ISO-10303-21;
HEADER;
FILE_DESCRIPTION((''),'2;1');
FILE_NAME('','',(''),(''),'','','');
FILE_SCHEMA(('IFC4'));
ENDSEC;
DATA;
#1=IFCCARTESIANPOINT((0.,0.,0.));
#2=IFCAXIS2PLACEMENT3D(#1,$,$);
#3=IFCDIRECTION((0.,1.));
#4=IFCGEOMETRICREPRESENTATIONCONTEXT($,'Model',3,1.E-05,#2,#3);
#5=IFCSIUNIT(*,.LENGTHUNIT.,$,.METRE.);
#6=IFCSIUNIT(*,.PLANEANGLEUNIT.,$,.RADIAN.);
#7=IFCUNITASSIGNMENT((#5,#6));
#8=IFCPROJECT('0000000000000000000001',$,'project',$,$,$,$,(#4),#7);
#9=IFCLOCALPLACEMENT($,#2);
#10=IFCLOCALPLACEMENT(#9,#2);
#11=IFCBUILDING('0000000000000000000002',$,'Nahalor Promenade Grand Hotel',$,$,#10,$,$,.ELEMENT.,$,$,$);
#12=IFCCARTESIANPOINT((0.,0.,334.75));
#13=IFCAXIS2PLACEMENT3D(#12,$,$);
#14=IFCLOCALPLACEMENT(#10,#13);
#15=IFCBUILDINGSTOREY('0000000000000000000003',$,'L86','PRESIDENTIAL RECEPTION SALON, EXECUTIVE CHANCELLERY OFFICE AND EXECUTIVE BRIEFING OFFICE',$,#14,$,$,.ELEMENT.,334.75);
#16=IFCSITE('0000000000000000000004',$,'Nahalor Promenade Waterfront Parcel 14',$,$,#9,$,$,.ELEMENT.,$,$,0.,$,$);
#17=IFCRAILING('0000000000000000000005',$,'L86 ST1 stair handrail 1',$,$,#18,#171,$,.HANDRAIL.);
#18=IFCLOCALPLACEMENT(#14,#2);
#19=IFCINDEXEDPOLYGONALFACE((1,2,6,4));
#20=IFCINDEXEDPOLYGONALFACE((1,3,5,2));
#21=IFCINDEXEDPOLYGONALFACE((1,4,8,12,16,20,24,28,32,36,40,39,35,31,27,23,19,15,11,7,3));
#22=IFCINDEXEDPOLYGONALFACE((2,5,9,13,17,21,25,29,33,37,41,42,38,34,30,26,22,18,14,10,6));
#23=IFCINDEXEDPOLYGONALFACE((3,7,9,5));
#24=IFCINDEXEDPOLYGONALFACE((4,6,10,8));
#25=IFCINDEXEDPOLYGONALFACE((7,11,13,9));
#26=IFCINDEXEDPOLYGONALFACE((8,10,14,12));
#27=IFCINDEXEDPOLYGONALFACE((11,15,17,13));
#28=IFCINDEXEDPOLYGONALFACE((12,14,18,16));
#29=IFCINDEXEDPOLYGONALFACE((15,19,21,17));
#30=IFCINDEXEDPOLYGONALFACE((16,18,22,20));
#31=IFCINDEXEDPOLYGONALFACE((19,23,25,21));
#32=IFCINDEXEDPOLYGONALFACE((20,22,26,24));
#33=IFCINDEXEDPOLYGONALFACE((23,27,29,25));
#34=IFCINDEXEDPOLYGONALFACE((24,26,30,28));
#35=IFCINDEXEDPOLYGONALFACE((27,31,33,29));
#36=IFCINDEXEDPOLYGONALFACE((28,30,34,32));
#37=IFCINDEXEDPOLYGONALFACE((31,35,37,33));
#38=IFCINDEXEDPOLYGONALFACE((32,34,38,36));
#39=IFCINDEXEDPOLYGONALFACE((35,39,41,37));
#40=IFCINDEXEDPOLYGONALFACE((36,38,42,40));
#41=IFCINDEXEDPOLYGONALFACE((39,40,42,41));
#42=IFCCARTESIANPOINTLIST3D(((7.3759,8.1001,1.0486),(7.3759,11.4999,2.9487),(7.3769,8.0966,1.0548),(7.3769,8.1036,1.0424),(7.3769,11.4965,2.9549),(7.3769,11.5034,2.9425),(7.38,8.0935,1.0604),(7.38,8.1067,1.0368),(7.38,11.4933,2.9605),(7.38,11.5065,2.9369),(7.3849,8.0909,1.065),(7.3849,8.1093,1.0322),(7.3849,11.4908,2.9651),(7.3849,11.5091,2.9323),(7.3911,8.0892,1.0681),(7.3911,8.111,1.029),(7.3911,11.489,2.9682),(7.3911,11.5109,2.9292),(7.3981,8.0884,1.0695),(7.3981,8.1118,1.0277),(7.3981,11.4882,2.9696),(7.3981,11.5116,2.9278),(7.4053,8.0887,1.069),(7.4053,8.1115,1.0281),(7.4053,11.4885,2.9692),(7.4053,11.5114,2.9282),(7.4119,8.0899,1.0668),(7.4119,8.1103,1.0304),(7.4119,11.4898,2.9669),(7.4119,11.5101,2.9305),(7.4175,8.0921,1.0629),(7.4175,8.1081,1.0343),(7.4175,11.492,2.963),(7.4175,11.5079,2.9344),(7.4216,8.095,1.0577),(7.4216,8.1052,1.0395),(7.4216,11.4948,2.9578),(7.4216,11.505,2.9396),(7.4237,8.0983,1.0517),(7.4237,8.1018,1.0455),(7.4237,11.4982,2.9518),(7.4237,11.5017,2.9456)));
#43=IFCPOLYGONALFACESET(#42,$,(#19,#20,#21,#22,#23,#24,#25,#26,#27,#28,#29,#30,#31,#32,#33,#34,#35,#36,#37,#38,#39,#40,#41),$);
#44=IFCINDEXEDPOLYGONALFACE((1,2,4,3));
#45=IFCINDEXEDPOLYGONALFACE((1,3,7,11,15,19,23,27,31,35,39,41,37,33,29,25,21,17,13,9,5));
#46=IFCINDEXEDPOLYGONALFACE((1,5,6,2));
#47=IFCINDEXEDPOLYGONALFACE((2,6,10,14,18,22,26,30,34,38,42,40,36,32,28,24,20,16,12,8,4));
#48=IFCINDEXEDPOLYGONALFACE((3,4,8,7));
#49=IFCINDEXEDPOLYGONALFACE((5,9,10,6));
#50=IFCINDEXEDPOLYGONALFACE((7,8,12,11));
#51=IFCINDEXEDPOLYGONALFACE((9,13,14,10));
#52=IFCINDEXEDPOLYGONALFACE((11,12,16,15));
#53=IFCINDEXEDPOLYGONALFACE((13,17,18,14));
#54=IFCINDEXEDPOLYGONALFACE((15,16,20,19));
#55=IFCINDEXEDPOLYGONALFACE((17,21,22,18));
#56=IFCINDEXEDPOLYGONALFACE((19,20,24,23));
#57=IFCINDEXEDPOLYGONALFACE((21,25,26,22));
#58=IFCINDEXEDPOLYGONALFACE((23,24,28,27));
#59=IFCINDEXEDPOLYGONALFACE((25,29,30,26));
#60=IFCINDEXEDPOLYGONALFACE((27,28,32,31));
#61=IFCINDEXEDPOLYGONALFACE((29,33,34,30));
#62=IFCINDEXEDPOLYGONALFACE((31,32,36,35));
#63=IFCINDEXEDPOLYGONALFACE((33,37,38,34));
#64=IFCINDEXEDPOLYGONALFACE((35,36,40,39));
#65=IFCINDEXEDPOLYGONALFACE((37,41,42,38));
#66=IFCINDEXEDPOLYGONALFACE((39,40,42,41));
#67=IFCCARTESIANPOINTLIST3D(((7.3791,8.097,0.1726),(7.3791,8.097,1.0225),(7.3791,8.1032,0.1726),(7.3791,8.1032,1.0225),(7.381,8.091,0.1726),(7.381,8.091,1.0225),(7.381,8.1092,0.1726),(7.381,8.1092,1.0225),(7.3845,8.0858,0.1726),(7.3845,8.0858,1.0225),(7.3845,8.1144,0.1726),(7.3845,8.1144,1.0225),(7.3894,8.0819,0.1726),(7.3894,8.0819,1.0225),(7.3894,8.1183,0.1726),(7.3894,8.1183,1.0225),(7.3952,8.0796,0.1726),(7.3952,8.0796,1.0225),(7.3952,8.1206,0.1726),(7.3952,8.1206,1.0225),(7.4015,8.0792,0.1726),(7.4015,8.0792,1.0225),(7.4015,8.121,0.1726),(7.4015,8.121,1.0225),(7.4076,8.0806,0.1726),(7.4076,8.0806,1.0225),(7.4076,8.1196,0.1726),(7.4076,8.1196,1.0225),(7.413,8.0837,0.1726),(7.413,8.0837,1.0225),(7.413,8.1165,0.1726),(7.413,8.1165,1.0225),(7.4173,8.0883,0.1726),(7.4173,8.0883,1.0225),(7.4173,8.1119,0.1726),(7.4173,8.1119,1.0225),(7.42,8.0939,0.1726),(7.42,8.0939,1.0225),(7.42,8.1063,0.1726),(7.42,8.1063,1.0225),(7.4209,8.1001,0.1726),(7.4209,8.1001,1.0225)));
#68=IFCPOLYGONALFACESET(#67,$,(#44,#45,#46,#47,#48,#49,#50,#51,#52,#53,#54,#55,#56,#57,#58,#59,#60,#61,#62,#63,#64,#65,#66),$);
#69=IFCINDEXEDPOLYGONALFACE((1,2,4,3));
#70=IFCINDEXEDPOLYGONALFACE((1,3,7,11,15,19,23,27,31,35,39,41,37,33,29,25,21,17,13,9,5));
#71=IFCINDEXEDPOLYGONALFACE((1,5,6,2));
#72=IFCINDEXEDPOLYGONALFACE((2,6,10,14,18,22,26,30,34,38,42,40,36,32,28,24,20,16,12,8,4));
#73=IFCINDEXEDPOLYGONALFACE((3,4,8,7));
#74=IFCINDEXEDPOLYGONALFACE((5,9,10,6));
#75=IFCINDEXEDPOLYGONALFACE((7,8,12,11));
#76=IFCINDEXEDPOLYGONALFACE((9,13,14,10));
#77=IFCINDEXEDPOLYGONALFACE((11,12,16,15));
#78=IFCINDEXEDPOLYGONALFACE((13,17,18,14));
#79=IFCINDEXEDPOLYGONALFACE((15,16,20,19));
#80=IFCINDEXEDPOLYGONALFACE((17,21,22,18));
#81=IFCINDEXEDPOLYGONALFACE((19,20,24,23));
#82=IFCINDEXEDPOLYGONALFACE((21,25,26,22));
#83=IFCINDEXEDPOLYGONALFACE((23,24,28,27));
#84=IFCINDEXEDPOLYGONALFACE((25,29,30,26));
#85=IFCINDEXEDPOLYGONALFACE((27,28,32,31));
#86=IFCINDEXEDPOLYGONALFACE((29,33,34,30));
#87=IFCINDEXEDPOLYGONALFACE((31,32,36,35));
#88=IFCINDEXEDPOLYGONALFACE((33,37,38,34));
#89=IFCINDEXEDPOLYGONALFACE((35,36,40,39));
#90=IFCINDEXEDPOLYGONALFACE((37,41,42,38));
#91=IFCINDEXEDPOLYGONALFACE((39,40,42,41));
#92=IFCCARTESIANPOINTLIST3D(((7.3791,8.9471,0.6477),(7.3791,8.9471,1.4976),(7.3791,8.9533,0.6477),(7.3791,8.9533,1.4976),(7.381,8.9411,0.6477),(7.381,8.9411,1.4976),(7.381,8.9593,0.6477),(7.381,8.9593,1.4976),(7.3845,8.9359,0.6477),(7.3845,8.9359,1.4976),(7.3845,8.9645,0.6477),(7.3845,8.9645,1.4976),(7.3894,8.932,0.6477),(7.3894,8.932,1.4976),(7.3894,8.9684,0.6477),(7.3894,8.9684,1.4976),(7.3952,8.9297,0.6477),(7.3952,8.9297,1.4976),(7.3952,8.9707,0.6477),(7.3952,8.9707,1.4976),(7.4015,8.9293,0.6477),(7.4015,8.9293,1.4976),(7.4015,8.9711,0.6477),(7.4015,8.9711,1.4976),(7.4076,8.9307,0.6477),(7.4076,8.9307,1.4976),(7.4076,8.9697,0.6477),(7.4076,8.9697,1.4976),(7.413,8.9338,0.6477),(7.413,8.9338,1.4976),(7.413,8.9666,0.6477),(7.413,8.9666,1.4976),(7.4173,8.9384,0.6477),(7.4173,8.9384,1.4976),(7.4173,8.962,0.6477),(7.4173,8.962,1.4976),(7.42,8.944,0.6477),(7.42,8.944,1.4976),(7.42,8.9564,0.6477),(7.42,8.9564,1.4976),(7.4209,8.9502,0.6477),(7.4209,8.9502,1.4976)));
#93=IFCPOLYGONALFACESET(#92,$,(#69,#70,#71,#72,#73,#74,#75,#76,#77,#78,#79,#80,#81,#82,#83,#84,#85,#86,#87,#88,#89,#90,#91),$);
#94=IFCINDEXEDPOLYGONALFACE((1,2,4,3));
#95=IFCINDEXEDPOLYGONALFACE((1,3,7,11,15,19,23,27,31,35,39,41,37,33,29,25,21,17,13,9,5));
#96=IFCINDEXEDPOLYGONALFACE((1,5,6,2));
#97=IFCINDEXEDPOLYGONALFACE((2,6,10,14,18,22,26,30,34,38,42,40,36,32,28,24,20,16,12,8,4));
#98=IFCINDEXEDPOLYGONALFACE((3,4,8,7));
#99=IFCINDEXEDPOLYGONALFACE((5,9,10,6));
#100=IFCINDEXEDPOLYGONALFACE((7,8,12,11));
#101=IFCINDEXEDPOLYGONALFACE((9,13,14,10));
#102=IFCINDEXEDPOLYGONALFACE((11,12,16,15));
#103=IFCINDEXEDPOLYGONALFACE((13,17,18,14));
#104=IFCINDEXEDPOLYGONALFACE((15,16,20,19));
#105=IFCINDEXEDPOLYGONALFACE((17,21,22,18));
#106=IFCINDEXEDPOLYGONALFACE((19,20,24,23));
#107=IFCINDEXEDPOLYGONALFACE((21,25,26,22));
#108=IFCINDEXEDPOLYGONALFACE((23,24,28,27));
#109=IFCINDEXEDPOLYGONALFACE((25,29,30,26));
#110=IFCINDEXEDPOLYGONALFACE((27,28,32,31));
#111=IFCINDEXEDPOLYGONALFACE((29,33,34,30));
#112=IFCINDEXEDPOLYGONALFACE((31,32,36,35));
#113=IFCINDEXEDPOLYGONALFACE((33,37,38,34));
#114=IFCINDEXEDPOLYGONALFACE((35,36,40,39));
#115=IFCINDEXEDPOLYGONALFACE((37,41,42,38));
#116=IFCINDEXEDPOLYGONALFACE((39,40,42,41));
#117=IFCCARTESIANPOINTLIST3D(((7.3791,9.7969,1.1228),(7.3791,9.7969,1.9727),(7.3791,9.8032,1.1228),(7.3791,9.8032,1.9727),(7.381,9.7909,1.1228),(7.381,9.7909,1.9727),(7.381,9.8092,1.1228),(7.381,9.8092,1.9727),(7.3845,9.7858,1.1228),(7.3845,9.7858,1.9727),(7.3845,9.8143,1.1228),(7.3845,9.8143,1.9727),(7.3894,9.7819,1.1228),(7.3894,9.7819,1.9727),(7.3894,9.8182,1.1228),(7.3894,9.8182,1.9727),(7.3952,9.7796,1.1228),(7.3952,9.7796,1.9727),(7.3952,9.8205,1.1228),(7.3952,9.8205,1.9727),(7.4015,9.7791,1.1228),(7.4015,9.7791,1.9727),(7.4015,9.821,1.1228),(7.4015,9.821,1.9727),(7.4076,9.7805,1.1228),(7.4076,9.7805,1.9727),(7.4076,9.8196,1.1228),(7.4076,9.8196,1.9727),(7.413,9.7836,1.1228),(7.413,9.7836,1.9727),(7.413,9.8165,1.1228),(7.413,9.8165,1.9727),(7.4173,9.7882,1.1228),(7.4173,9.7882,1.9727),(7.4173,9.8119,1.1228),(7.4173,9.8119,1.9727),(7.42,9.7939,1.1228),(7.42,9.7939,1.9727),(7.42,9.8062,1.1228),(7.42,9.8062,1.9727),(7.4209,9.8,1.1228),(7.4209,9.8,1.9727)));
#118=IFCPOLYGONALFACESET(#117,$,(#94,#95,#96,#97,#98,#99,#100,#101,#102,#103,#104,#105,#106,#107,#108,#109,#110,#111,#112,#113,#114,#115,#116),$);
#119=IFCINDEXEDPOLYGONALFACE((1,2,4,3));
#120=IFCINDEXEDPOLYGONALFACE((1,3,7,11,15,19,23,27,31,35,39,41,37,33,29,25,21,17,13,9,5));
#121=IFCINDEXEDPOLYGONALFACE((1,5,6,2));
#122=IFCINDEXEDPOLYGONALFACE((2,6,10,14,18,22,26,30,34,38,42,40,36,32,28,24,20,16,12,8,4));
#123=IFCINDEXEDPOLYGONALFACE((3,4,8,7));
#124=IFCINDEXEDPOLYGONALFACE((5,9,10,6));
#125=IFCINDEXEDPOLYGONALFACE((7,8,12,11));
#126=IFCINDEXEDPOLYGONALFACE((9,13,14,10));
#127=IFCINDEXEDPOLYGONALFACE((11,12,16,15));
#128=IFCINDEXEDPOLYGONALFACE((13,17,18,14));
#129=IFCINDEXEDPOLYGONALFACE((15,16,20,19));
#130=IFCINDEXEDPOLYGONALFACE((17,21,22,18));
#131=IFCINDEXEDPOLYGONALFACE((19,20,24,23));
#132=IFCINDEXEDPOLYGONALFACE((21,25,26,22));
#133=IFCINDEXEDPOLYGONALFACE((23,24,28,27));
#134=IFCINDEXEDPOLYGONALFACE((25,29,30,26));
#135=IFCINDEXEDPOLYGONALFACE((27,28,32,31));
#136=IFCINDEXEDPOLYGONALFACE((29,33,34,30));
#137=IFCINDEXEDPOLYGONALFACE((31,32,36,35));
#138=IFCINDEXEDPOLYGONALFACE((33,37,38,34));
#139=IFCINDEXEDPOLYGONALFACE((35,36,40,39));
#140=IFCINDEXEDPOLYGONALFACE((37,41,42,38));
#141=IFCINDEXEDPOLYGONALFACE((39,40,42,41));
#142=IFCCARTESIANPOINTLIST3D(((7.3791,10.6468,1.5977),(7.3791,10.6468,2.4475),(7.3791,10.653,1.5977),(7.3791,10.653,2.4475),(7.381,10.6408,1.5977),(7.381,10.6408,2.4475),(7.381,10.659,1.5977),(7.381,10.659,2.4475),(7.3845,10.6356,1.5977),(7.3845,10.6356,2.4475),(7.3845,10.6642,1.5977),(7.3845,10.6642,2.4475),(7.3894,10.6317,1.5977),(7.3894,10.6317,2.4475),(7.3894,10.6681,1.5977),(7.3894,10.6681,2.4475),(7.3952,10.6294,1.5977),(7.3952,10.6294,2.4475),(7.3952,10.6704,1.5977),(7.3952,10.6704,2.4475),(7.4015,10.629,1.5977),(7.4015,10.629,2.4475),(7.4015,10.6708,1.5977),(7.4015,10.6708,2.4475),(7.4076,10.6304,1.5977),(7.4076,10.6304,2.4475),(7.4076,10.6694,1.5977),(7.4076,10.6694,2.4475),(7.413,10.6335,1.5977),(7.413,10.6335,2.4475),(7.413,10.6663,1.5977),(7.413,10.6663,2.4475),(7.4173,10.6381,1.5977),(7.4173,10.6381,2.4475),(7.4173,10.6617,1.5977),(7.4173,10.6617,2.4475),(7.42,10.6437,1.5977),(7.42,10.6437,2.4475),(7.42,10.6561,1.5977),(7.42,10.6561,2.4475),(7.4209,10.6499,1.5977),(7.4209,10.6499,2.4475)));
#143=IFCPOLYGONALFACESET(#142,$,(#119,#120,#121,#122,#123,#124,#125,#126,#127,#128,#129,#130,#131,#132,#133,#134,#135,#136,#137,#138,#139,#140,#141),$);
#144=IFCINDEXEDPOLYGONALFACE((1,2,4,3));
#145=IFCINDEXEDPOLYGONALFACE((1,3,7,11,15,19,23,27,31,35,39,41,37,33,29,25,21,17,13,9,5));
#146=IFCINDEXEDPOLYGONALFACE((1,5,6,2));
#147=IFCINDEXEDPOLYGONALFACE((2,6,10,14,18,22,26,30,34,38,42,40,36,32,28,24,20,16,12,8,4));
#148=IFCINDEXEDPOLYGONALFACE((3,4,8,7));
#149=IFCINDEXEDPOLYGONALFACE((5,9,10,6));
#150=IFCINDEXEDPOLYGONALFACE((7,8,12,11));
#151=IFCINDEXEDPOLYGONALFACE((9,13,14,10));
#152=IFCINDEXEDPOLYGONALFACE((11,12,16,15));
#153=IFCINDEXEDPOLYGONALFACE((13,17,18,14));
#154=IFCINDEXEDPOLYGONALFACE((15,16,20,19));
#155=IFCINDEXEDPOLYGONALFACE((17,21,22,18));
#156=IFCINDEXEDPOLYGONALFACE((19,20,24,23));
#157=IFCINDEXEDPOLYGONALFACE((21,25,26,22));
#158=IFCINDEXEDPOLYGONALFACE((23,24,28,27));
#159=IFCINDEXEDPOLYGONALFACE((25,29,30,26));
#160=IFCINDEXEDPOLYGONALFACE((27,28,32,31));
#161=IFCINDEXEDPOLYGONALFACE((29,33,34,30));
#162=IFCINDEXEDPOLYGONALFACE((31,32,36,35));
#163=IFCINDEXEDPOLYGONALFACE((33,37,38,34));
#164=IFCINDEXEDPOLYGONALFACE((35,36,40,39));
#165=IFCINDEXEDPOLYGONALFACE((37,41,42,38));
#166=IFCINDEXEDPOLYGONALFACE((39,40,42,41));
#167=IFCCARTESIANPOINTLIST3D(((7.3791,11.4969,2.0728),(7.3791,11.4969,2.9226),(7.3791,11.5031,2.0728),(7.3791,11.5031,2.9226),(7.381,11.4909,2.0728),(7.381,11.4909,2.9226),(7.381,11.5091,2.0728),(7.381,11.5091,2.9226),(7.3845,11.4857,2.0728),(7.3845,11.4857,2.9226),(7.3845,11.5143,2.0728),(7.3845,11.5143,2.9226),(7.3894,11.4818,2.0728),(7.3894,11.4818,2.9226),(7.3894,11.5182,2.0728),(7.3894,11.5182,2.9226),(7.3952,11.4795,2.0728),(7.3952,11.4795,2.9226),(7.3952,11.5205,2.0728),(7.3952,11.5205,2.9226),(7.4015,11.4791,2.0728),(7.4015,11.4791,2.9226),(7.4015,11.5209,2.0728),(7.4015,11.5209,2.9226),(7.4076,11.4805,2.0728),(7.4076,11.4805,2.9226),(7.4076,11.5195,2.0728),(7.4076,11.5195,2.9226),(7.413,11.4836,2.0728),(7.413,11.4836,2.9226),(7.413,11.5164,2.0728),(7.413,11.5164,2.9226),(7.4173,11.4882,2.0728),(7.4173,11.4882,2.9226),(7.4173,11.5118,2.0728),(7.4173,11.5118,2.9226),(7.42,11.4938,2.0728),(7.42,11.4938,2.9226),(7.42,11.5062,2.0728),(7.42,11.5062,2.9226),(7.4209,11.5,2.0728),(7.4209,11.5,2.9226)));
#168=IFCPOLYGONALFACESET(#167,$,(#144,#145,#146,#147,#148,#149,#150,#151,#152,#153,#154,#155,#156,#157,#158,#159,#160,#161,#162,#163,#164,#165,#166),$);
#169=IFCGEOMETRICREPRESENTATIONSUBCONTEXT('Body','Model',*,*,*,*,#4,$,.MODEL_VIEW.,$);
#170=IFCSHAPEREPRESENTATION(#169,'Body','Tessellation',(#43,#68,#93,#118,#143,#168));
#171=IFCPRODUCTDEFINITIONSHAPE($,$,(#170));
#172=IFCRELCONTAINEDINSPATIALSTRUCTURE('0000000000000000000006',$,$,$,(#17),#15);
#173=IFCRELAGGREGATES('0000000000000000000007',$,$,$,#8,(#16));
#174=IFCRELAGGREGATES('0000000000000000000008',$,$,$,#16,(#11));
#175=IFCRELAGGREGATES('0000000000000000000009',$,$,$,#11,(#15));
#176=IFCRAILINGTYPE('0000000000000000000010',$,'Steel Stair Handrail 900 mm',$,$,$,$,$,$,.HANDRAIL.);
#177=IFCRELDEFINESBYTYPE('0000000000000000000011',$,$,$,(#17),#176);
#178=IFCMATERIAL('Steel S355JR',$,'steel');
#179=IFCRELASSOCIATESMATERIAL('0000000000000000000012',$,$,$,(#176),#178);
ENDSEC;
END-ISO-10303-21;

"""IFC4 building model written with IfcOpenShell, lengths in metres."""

from ifc_helpers import new_model, si_unit, direction, frame, origin, origin_2d, place, context, subcontext, project, spatial, circle, extrude, material, type_object, element, save


model = new_model("IFC4")

# Units and contexts
model_context = context("Model", 3, precision=1e-05, world=origin(), true_north=direction((0.0, 1.0)))
body_context = subcontext(model_context, "Body", "Model", "MODEL_VIEW")
ifc_project = project(units=[si_unit("LENGTHUNIT", "METRE"), si_unit("PLANEANGLEUNIT", "RADIAN")], contexts=[model_context])

# Site, building, storey
site_placement = place(None, origin())
site = spatial("IfcSite", under=ifc_project, at=site_placement, Name="Nahalor Promenade Waterfront Parcel 14", CompositionType="ELEMENT", RefElevation=0.0)
building_placement = place(site_placement, origin())
building = spatial("IfcBuilding", under=site, at=building_placement, Name="Nahalor Promenade Grand Hotel", CompositionType="ELEMENT")
storey_placement = place(building_placement, frame((0.0, 0.0, 334.75)))
storey = spatial("IfcBuildingStorey", under=building, at=storey_placement, Name="L86", Description="PRESIDENTIAL RECEPTION SALON, EXECUTIVE CHANCELLERY OFFICE AND EXECUTIVE BRIEFING OFFICE", CompositionType="ELEMENT", Elevation=334.75)

# Shared definitions
ifc_material_1 = material(Name="Steel S355JR", Category="steel")

# Railing
railing_type_1 = type_object("IfcRailingType", Name="Steel Stair Handrail 900 mm", PredefinedType="HANDRAIL", material=ifc_material_1)
railing_1_placement = place(storey_placement, frame((7.3999, 8.1001, 0.1726)))
element("IfcRailing", 1, at=railing_1_placement, inside=storey, type_object=railing_type_1, Name="L86 ST1 stair handrail 1", PredefinedType="HANDRAIL", context=body_context, shape_type="SweptSolid", body=[
    extrude(circle(Radius=0.024, at=origin_2d()), frame((0.0, 0.0, 0.876), z_axis=(0.0, 0.872921, 0.487861), x_axis=(-1.0, 0.0, 0.0)), (0.0, 0.0, 1.0), 3.8948),
    extrude(circle(Radius=0.021, at=origin_2d()), origin(), (0.0, 0.0, 1.0), 0.8499),
    extrude(circle(Radius=0.021, at=origin_2d()), frame((0.0, 0.8501, 0.4751)), (0.0, 0.0, 1.0), 0.8499),
    extrude(circle(Radius=0.021, at=origin_2d()), frame((0.0, 1.7, 0.9502)), (0.0, 0.0, 1.0), 0.8499),
    extrude(circle(Radius=0.021, at=origin_2d()), frame((0.0, 2.5498, 1.425)), (0.0, 0.0, 1.0), 0.8499),
    extrude(circle(Radius=0.021, at=origin_2d()), frame((0.0, 3.3999, 1.9001)), (0.0, 0.0, 1.0), 0.8499),
])

save(model, "model.ifc")
